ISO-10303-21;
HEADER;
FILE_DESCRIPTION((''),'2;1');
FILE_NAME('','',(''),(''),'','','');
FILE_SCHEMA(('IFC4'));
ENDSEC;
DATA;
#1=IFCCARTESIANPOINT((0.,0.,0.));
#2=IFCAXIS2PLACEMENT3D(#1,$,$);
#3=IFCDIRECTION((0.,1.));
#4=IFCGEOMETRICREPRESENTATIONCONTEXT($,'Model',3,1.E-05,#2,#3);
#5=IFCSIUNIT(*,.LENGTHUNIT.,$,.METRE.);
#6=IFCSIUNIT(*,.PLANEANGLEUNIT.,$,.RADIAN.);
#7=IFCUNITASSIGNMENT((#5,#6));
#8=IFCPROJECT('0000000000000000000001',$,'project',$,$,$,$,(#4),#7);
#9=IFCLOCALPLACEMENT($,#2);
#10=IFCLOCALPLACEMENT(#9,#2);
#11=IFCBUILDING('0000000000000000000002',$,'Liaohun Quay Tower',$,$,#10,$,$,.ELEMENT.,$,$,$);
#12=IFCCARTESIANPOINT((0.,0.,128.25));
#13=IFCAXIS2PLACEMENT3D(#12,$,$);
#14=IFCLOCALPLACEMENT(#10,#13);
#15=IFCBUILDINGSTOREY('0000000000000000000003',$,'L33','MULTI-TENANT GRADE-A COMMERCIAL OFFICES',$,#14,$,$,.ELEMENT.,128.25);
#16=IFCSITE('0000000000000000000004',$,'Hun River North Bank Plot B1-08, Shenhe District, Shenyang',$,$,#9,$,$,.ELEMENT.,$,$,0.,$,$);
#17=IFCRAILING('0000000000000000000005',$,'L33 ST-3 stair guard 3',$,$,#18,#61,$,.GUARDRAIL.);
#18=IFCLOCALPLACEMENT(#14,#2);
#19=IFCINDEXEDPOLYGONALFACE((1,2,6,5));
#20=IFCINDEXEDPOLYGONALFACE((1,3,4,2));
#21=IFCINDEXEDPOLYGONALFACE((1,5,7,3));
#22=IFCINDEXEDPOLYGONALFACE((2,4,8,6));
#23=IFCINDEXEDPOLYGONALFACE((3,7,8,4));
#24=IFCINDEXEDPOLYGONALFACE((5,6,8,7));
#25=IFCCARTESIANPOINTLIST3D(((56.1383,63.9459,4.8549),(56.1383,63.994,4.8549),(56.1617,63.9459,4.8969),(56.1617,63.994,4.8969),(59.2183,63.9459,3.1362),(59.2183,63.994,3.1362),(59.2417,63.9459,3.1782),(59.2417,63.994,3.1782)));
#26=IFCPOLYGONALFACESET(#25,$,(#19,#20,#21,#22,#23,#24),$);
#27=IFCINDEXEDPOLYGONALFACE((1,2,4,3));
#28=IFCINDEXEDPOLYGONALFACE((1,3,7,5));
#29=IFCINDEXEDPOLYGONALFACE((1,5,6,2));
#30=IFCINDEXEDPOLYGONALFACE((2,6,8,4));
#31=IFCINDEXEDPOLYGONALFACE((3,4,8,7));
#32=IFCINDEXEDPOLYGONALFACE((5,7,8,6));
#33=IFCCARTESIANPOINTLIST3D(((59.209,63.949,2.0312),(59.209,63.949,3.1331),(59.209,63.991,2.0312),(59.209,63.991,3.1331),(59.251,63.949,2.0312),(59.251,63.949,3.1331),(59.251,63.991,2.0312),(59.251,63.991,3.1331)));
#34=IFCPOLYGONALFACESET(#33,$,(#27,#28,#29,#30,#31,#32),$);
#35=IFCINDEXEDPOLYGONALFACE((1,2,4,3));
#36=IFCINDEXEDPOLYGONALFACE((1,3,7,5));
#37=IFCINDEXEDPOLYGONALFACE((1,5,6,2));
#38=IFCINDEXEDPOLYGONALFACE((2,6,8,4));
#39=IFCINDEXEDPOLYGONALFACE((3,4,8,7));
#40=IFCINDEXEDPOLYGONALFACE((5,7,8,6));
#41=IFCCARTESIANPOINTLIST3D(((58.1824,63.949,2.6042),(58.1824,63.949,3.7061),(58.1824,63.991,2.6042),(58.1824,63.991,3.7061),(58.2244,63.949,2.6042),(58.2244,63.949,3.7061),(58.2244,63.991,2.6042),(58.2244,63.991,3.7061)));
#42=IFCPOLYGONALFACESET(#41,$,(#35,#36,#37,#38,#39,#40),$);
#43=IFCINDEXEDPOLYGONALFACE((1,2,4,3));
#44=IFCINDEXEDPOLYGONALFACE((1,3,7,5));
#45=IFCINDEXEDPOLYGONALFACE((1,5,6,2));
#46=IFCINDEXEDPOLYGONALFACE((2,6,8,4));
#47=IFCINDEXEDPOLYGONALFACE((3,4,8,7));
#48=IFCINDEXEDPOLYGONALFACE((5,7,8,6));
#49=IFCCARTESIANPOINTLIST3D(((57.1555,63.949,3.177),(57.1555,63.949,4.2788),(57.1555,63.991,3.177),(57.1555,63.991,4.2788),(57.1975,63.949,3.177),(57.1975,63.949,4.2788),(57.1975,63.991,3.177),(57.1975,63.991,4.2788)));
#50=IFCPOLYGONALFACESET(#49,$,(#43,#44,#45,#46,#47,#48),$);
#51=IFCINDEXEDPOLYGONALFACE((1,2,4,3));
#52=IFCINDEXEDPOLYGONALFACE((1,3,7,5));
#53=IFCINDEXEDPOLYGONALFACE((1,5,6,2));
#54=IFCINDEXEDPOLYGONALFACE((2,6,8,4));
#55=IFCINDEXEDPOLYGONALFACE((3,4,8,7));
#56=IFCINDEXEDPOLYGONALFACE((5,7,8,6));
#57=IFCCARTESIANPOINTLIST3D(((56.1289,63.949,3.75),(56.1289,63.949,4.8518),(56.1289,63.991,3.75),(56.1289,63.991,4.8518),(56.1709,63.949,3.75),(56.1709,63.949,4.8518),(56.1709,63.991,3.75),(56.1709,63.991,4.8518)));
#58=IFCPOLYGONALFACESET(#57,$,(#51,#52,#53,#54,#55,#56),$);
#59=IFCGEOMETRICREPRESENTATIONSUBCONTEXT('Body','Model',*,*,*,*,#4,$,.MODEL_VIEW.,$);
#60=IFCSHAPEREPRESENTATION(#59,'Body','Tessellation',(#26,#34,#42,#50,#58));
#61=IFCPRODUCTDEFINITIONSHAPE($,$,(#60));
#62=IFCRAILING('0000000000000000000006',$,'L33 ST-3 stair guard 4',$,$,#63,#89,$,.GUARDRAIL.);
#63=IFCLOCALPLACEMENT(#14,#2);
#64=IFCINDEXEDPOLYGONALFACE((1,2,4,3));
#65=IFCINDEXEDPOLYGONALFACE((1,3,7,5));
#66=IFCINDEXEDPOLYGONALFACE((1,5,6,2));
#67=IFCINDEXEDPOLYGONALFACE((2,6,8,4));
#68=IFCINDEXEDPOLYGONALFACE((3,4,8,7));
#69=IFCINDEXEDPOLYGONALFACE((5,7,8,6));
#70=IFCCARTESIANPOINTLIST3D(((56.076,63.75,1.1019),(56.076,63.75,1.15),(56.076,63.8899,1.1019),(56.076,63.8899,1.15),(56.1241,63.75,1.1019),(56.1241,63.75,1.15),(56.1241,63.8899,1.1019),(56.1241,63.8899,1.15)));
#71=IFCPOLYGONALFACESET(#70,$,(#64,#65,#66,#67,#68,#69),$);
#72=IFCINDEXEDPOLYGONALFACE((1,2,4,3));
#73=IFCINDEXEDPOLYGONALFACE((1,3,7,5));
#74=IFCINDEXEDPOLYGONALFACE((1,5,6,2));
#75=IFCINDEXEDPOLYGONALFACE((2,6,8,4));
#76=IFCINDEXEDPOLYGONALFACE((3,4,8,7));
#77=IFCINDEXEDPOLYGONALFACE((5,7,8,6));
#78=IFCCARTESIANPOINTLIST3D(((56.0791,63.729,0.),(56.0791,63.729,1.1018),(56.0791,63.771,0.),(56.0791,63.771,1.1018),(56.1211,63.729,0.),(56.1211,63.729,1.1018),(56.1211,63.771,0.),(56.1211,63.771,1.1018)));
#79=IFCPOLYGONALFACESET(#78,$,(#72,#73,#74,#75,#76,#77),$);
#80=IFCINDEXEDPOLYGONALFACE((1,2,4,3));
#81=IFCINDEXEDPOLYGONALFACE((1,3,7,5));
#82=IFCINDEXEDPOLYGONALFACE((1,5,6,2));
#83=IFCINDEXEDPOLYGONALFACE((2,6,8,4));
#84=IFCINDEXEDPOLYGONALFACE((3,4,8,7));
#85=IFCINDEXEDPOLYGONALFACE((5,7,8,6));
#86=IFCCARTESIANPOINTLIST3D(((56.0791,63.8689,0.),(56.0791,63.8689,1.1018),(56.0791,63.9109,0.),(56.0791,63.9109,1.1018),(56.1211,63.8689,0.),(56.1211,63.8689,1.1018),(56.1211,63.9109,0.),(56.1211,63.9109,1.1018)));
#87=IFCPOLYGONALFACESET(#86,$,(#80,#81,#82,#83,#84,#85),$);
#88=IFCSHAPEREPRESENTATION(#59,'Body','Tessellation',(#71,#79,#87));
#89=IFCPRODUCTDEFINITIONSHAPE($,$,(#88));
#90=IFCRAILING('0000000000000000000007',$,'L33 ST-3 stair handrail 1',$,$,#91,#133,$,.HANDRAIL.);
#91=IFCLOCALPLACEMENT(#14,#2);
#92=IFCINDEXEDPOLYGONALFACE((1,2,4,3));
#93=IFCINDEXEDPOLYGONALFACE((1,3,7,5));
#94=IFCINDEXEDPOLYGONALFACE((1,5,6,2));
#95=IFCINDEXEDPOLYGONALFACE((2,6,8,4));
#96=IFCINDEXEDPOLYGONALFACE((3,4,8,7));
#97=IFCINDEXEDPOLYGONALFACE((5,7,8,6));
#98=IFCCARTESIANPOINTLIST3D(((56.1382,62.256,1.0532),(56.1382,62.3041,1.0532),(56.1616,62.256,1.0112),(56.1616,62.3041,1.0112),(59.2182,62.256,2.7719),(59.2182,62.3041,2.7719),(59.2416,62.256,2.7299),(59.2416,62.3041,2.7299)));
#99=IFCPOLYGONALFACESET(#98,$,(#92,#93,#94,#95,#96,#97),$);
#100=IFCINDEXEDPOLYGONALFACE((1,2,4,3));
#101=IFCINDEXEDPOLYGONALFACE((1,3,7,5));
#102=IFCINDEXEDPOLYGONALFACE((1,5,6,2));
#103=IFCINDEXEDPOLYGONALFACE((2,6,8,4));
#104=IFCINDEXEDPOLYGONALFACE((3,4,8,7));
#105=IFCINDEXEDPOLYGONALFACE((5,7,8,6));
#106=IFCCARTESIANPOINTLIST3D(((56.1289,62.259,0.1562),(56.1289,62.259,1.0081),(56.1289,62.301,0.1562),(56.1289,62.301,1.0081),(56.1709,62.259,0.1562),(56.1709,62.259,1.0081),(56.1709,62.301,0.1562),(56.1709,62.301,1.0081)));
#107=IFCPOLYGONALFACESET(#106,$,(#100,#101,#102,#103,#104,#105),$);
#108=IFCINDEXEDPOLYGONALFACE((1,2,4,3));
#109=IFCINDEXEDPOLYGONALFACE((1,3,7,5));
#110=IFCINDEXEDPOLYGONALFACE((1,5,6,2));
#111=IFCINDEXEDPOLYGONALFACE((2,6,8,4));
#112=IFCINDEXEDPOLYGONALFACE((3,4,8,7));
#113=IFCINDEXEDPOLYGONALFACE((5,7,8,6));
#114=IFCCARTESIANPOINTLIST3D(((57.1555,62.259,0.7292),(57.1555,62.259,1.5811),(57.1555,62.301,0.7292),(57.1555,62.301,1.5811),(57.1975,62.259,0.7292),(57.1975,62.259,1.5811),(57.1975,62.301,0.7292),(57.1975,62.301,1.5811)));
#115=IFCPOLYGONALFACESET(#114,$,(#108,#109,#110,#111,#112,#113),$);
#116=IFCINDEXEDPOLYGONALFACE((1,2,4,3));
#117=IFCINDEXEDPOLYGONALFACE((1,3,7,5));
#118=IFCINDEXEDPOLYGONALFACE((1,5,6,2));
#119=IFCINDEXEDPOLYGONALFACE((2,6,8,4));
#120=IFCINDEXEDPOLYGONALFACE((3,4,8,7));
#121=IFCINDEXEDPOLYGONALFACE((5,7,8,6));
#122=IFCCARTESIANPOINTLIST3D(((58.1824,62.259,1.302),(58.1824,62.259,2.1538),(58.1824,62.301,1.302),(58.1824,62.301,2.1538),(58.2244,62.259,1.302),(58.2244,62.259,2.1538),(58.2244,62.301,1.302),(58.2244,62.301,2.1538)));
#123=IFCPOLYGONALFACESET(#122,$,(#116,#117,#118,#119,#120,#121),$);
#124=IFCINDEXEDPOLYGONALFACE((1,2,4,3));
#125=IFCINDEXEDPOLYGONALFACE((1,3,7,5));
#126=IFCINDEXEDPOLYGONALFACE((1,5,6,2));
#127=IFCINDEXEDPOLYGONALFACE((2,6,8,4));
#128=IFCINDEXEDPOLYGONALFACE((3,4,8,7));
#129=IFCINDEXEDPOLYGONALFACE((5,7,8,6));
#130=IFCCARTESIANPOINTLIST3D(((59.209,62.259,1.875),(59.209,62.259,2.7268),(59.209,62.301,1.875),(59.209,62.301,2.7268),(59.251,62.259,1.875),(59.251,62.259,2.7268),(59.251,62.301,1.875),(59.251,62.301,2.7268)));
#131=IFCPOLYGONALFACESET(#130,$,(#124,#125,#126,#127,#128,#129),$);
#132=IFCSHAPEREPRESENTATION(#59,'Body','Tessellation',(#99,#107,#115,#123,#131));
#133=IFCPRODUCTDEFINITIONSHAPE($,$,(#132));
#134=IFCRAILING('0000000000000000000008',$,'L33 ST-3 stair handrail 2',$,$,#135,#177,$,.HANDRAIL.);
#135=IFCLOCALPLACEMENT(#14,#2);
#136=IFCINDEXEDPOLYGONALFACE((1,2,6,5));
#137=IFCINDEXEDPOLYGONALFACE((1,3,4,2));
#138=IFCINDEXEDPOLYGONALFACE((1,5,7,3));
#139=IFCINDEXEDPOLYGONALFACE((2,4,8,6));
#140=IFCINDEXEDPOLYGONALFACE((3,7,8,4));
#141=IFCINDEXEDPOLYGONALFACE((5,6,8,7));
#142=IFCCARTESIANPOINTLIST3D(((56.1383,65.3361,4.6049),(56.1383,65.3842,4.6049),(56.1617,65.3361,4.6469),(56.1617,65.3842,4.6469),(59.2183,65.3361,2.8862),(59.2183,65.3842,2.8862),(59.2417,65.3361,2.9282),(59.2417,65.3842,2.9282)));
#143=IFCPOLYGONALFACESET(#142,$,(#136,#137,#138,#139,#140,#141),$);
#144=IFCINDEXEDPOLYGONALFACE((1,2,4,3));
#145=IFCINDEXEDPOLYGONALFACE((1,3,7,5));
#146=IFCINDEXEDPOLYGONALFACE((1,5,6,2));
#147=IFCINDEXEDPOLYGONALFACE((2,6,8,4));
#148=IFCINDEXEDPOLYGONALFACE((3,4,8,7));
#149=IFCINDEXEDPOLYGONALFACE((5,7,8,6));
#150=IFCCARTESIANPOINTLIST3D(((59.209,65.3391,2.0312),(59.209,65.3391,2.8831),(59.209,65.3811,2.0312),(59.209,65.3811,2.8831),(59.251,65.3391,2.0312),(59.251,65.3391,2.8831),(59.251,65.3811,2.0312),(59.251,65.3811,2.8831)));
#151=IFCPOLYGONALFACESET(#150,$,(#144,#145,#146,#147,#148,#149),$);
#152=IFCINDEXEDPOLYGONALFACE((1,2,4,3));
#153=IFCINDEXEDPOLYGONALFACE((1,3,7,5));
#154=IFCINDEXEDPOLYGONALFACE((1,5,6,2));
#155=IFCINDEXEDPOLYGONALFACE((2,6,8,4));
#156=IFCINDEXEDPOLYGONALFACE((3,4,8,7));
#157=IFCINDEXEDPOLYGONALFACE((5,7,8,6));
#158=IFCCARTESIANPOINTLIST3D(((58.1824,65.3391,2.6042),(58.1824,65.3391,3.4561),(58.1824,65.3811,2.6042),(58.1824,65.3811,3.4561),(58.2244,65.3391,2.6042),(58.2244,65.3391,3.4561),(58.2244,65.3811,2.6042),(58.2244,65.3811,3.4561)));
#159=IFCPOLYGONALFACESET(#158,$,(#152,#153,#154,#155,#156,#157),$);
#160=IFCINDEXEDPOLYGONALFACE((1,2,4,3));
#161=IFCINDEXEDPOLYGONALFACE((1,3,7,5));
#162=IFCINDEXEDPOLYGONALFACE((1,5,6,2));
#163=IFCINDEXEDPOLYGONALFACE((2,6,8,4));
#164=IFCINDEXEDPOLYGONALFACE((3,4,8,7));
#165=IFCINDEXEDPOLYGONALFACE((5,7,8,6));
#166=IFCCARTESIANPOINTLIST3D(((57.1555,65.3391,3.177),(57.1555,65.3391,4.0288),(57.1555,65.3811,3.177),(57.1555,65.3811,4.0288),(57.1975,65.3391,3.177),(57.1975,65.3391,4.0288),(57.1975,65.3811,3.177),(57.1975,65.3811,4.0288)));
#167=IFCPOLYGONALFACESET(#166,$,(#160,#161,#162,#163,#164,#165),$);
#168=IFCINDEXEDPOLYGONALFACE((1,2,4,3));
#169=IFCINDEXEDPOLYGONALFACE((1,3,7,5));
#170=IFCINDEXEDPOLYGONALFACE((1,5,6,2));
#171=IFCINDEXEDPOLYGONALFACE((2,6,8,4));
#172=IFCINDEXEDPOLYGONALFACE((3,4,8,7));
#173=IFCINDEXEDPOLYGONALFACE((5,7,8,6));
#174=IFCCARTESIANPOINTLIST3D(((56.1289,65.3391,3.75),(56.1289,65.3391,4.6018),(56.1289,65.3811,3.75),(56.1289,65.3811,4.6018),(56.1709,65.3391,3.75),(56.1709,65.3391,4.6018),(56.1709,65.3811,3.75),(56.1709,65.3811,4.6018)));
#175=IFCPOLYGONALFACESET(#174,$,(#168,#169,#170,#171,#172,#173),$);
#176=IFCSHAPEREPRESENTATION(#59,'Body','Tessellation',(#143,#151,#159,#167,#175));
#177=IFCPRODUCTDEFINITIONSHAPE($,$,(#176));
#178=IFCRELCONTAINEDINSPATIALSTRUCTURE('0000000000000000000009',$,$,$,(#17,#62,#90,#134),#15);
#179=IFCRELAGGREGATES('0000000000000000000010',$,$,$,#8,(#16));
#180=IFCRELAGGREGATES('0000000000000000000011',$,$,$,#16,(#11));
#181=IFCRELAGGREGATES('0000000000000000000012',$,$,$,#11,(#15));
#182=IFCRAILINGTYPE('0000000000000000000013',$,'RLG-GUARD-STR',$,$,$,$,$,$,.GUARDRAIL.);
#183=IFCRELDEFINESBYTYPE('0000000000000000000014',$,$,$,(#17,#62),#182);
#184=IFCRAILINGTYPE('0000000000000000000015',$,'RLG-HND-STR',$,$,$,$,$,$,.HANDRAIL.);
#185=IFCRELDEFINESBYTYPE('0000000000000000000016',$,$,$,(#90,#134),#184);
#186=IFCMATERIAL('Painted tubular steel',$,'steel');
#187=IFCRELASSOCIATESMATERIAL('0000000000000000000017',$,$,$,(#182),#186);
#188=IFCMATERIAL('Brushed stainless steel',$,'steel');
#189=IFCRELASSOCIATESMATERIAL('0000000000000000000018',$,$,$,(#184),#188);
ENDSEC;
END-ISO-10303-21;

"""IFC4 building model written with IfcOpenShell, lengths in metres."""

from ifc_helpers import new_model, si_unit, direction, frame, origin, origin_2d, place, context, subcontext, project, spatial, rectangle, extrude, material, type_object, element, save


model = new_model("IFC4")

# Units and contexts
model_context = context("Model", 3, precision=1e-05, world=origin(), true_north=direction((0.0, 1.0)))
body_context = subcontext(model_context, "Body", "Model", "MODEL_VIEW")
ifc_project = project(units=[si_unit("LENGTHUNIT", "METRE"), si_unit("PLANEANGLEUNIT", "RADIAN")], contexts=[model_context])

# Site, building, storey
site_placement = place(None, origin())
site = spatial("IfcSite", under=ifc_project, at=site_placement, Name="Hun River North Bank Plot B1-08, Shenhe District, Shenyang", CompositionType="ELEMENT", RefElevation=0.0)
building_placement = place(site_placement, origin())
building = spatial("IfcBuilding", under=site, at=building_placement, Name="Liaohun Quay Tower", CompositionType="ELEMENT")
storey_placement = place(building_placement, frame((0.0, 0.0, 128.25)))
storey = spatial("IfcBuildingStorey", under=building, at=storey_placement, Name="L33", Description="MULTI-TENANT GRADE-A COMMERCIAL OFFICES", CompositionType="ELEMENT", Elevation=128.25)

# Railings
ifc_material_1 = material(Name="Painted tubular steel", Category="steel")
railing_type_1 = type_object("IfcRailingType", Name="RLG-GUARD-STR", PredefinedType="GUARDRAIL", material=ifc_material_1)
railing_1_placement = place(storey_placement, frame((59.23, 63.97, 2.0312)))
element("IfcRailing", 1, at=railing_1_placement, inside=storey, type_object=railing_type_1, Name="L33 ST-3 stair guard 3", PredefinedType="GUARDRAIL", context=body_context, shape_type="SweptSolid", body=[
    extrude(rectangle(XDim=0.0481, YDim=0.0481, at=origin_2d()), frame((0.0, 0.0, 1.126), z_axis=(-0.873242, 0.0, 0.487288), x_axis=(0.0, -1.0, 0.0)), (0.0, 0.0, 1.0), 3.5271),
    extrude(rectangle(XDim=0.042, YDim=0.042, at=origin_2d()), origin(), (0.0, 0.0, 1.0), 1.1018),
    extrude(rectangle(XDim=0.042, YDim=0.042, at=origin_2d()), frame((-1.0266, 0.0, 0.573)), (0.0, 0.0, 1.0), 1.1018),
    extrude(rectangle(XDim=0.042, YDim=0.042, at=origin_2d()), frame((-2.0535, 0.0, 1.1458)), (0.0, 0.0, 1.0), 1.1018),
    extrude(rectangle(XDim=0.042, YDim=0.042, at=origin_2d()), frame((-3.0801, 0.0, 1.7188)), (0.0, 0.0, 1.0), 1.1018),
])
railing_2_placement = place(storey_placement, frame((56.1001, 63.75, 0.0)))
element("IfcRailing", 2, at=railing_2_placement, inside=storey, type_object=railing_type_1, Name="L33 ST-3 stair guard 4", PredefinedType="GUARDRAIL", context=body_context, shape_type="SweptSolid", body=[
    extrude(rectangle(XDim=0.0481, YDim=0.0481, at=origin_2d()), frame((0.0, 0.0, 1.126), z_axis=(0.0, 1.0, 0.0), x_axis=(-1.0, 0.0, 0.0)), (0.0, 0.0, 1.0), 0.1399),
    extrude(rectangle(XDim=0.042, YDim=0.042, at=origin_2d()), origin(), (0.0, 0.0, 1.0), 1.1018),
    extrude(rectangle(XDim=0.042, YDim=0.042, at=origin_2d()), frame((0.0, 0.1399, 0.0)), (0.0, 0.0, 1.0), 1.1018),
])
ifc_material_2 = material(Name="Brushed stainless steel", Category="steel")
railing_type_2 = type_object("IfcRailingType", Name="RLG-HND-STR", PredefinedType="HANDRAIL", material=ifc_material_2)
railing_3_placement = place(storey_placement, frame((56.1499, 62.28, 0.1562)))
element("IfcRailing", 3, at=railing_3_placement, inside=storey, type_object=railing_type_2, Name="L33 ST-3 stair handrail 1", PredefinedType="HANDRAIL", context=body_context, shape_type="SweptSolid", body=[
    extrude(rectangle(XDim=0.0481, YDim=0.0481, at=origin_2d()), frame((0.0, 0.0, 0.876), z_axis=(0.873242, 0.0, 0.487288), x_axis=(0.0, 1.0, 0.0)), (0.0, 0.0, 1.0), 3.5271),
    extrude(rectangle(XDim=0.042, YDim=0.042, at=origin_2d()), origin(), (0.0, 0.0, 1.0), 0.8518),
    extrude(rectangle(XDim=0.042, YDim=0.042, at=origin_2d()), frame((1.0266, 0.0, 0.573)), (0.0, 0.0, 1.0), 0.8518),
    extrude(rectangle(XDim=0.042, YDim=0.042, at=origin_2d()), frame((2.0535, 0.0, 1.1458)), (0.0, 0.0, 1.0), 0.8518),
    extrude(rectangle(XDim=0.042, YDim=0.042, at=origin_2d()), frame((3.0801, 0.0, 1.7188)), (0.0, 0.0, 1.0), 0.8518),
])
railing_4_placement = place(storey_placement, frame((59.23, 65.3601, 2.0312)))
element("IfcRailing", 4, at=railing_4_placement, inside=storey, type_object=railing_type_2, Name="L33 ST-3 stair handrail 2", PredefinedType="HANDRAIL", context=body_context, shape_type="SweptSolid", body=[
    extrude(rectangle(XDim=0.0481, YDim=0.0481, at=origin_2d()), frame((0.0, 0.0, 0.876), z_axis=(-0.873242, 0.0, 0.487288), x_axis=(0.0, -1.0, 0.0)), (0.0, 0.0, 1.0), 3.5271),
    extrude(rectangle(XDim=0.042, YDim=0.042, at=origin_2d()), origin(), (0.0, 0.0, 1.0), 0.8518),
    extrude(rectangle(XDim=0.042, YDim=0.042, at=origin_2d()), frame((-1.0266, 0.0, 0.573)), (0.0, 0.0, 1.0), 0.8518),
    extrude(rectangle(XDim=0.042, YDim=0.042, at=origin_2d()), frame((-2.0535, 0.0, 1.1458)), (0.0, 0.0, 1.0), 0.8518),
    extrude(rectangle(XDim=0.042, YDim=0.042, at=origin_2d()), frame((-3.0801, 0.0, 1.7188)), (0.0, 0.0, 1.0), 0.8518),
])

save(model, "model.ifc")
